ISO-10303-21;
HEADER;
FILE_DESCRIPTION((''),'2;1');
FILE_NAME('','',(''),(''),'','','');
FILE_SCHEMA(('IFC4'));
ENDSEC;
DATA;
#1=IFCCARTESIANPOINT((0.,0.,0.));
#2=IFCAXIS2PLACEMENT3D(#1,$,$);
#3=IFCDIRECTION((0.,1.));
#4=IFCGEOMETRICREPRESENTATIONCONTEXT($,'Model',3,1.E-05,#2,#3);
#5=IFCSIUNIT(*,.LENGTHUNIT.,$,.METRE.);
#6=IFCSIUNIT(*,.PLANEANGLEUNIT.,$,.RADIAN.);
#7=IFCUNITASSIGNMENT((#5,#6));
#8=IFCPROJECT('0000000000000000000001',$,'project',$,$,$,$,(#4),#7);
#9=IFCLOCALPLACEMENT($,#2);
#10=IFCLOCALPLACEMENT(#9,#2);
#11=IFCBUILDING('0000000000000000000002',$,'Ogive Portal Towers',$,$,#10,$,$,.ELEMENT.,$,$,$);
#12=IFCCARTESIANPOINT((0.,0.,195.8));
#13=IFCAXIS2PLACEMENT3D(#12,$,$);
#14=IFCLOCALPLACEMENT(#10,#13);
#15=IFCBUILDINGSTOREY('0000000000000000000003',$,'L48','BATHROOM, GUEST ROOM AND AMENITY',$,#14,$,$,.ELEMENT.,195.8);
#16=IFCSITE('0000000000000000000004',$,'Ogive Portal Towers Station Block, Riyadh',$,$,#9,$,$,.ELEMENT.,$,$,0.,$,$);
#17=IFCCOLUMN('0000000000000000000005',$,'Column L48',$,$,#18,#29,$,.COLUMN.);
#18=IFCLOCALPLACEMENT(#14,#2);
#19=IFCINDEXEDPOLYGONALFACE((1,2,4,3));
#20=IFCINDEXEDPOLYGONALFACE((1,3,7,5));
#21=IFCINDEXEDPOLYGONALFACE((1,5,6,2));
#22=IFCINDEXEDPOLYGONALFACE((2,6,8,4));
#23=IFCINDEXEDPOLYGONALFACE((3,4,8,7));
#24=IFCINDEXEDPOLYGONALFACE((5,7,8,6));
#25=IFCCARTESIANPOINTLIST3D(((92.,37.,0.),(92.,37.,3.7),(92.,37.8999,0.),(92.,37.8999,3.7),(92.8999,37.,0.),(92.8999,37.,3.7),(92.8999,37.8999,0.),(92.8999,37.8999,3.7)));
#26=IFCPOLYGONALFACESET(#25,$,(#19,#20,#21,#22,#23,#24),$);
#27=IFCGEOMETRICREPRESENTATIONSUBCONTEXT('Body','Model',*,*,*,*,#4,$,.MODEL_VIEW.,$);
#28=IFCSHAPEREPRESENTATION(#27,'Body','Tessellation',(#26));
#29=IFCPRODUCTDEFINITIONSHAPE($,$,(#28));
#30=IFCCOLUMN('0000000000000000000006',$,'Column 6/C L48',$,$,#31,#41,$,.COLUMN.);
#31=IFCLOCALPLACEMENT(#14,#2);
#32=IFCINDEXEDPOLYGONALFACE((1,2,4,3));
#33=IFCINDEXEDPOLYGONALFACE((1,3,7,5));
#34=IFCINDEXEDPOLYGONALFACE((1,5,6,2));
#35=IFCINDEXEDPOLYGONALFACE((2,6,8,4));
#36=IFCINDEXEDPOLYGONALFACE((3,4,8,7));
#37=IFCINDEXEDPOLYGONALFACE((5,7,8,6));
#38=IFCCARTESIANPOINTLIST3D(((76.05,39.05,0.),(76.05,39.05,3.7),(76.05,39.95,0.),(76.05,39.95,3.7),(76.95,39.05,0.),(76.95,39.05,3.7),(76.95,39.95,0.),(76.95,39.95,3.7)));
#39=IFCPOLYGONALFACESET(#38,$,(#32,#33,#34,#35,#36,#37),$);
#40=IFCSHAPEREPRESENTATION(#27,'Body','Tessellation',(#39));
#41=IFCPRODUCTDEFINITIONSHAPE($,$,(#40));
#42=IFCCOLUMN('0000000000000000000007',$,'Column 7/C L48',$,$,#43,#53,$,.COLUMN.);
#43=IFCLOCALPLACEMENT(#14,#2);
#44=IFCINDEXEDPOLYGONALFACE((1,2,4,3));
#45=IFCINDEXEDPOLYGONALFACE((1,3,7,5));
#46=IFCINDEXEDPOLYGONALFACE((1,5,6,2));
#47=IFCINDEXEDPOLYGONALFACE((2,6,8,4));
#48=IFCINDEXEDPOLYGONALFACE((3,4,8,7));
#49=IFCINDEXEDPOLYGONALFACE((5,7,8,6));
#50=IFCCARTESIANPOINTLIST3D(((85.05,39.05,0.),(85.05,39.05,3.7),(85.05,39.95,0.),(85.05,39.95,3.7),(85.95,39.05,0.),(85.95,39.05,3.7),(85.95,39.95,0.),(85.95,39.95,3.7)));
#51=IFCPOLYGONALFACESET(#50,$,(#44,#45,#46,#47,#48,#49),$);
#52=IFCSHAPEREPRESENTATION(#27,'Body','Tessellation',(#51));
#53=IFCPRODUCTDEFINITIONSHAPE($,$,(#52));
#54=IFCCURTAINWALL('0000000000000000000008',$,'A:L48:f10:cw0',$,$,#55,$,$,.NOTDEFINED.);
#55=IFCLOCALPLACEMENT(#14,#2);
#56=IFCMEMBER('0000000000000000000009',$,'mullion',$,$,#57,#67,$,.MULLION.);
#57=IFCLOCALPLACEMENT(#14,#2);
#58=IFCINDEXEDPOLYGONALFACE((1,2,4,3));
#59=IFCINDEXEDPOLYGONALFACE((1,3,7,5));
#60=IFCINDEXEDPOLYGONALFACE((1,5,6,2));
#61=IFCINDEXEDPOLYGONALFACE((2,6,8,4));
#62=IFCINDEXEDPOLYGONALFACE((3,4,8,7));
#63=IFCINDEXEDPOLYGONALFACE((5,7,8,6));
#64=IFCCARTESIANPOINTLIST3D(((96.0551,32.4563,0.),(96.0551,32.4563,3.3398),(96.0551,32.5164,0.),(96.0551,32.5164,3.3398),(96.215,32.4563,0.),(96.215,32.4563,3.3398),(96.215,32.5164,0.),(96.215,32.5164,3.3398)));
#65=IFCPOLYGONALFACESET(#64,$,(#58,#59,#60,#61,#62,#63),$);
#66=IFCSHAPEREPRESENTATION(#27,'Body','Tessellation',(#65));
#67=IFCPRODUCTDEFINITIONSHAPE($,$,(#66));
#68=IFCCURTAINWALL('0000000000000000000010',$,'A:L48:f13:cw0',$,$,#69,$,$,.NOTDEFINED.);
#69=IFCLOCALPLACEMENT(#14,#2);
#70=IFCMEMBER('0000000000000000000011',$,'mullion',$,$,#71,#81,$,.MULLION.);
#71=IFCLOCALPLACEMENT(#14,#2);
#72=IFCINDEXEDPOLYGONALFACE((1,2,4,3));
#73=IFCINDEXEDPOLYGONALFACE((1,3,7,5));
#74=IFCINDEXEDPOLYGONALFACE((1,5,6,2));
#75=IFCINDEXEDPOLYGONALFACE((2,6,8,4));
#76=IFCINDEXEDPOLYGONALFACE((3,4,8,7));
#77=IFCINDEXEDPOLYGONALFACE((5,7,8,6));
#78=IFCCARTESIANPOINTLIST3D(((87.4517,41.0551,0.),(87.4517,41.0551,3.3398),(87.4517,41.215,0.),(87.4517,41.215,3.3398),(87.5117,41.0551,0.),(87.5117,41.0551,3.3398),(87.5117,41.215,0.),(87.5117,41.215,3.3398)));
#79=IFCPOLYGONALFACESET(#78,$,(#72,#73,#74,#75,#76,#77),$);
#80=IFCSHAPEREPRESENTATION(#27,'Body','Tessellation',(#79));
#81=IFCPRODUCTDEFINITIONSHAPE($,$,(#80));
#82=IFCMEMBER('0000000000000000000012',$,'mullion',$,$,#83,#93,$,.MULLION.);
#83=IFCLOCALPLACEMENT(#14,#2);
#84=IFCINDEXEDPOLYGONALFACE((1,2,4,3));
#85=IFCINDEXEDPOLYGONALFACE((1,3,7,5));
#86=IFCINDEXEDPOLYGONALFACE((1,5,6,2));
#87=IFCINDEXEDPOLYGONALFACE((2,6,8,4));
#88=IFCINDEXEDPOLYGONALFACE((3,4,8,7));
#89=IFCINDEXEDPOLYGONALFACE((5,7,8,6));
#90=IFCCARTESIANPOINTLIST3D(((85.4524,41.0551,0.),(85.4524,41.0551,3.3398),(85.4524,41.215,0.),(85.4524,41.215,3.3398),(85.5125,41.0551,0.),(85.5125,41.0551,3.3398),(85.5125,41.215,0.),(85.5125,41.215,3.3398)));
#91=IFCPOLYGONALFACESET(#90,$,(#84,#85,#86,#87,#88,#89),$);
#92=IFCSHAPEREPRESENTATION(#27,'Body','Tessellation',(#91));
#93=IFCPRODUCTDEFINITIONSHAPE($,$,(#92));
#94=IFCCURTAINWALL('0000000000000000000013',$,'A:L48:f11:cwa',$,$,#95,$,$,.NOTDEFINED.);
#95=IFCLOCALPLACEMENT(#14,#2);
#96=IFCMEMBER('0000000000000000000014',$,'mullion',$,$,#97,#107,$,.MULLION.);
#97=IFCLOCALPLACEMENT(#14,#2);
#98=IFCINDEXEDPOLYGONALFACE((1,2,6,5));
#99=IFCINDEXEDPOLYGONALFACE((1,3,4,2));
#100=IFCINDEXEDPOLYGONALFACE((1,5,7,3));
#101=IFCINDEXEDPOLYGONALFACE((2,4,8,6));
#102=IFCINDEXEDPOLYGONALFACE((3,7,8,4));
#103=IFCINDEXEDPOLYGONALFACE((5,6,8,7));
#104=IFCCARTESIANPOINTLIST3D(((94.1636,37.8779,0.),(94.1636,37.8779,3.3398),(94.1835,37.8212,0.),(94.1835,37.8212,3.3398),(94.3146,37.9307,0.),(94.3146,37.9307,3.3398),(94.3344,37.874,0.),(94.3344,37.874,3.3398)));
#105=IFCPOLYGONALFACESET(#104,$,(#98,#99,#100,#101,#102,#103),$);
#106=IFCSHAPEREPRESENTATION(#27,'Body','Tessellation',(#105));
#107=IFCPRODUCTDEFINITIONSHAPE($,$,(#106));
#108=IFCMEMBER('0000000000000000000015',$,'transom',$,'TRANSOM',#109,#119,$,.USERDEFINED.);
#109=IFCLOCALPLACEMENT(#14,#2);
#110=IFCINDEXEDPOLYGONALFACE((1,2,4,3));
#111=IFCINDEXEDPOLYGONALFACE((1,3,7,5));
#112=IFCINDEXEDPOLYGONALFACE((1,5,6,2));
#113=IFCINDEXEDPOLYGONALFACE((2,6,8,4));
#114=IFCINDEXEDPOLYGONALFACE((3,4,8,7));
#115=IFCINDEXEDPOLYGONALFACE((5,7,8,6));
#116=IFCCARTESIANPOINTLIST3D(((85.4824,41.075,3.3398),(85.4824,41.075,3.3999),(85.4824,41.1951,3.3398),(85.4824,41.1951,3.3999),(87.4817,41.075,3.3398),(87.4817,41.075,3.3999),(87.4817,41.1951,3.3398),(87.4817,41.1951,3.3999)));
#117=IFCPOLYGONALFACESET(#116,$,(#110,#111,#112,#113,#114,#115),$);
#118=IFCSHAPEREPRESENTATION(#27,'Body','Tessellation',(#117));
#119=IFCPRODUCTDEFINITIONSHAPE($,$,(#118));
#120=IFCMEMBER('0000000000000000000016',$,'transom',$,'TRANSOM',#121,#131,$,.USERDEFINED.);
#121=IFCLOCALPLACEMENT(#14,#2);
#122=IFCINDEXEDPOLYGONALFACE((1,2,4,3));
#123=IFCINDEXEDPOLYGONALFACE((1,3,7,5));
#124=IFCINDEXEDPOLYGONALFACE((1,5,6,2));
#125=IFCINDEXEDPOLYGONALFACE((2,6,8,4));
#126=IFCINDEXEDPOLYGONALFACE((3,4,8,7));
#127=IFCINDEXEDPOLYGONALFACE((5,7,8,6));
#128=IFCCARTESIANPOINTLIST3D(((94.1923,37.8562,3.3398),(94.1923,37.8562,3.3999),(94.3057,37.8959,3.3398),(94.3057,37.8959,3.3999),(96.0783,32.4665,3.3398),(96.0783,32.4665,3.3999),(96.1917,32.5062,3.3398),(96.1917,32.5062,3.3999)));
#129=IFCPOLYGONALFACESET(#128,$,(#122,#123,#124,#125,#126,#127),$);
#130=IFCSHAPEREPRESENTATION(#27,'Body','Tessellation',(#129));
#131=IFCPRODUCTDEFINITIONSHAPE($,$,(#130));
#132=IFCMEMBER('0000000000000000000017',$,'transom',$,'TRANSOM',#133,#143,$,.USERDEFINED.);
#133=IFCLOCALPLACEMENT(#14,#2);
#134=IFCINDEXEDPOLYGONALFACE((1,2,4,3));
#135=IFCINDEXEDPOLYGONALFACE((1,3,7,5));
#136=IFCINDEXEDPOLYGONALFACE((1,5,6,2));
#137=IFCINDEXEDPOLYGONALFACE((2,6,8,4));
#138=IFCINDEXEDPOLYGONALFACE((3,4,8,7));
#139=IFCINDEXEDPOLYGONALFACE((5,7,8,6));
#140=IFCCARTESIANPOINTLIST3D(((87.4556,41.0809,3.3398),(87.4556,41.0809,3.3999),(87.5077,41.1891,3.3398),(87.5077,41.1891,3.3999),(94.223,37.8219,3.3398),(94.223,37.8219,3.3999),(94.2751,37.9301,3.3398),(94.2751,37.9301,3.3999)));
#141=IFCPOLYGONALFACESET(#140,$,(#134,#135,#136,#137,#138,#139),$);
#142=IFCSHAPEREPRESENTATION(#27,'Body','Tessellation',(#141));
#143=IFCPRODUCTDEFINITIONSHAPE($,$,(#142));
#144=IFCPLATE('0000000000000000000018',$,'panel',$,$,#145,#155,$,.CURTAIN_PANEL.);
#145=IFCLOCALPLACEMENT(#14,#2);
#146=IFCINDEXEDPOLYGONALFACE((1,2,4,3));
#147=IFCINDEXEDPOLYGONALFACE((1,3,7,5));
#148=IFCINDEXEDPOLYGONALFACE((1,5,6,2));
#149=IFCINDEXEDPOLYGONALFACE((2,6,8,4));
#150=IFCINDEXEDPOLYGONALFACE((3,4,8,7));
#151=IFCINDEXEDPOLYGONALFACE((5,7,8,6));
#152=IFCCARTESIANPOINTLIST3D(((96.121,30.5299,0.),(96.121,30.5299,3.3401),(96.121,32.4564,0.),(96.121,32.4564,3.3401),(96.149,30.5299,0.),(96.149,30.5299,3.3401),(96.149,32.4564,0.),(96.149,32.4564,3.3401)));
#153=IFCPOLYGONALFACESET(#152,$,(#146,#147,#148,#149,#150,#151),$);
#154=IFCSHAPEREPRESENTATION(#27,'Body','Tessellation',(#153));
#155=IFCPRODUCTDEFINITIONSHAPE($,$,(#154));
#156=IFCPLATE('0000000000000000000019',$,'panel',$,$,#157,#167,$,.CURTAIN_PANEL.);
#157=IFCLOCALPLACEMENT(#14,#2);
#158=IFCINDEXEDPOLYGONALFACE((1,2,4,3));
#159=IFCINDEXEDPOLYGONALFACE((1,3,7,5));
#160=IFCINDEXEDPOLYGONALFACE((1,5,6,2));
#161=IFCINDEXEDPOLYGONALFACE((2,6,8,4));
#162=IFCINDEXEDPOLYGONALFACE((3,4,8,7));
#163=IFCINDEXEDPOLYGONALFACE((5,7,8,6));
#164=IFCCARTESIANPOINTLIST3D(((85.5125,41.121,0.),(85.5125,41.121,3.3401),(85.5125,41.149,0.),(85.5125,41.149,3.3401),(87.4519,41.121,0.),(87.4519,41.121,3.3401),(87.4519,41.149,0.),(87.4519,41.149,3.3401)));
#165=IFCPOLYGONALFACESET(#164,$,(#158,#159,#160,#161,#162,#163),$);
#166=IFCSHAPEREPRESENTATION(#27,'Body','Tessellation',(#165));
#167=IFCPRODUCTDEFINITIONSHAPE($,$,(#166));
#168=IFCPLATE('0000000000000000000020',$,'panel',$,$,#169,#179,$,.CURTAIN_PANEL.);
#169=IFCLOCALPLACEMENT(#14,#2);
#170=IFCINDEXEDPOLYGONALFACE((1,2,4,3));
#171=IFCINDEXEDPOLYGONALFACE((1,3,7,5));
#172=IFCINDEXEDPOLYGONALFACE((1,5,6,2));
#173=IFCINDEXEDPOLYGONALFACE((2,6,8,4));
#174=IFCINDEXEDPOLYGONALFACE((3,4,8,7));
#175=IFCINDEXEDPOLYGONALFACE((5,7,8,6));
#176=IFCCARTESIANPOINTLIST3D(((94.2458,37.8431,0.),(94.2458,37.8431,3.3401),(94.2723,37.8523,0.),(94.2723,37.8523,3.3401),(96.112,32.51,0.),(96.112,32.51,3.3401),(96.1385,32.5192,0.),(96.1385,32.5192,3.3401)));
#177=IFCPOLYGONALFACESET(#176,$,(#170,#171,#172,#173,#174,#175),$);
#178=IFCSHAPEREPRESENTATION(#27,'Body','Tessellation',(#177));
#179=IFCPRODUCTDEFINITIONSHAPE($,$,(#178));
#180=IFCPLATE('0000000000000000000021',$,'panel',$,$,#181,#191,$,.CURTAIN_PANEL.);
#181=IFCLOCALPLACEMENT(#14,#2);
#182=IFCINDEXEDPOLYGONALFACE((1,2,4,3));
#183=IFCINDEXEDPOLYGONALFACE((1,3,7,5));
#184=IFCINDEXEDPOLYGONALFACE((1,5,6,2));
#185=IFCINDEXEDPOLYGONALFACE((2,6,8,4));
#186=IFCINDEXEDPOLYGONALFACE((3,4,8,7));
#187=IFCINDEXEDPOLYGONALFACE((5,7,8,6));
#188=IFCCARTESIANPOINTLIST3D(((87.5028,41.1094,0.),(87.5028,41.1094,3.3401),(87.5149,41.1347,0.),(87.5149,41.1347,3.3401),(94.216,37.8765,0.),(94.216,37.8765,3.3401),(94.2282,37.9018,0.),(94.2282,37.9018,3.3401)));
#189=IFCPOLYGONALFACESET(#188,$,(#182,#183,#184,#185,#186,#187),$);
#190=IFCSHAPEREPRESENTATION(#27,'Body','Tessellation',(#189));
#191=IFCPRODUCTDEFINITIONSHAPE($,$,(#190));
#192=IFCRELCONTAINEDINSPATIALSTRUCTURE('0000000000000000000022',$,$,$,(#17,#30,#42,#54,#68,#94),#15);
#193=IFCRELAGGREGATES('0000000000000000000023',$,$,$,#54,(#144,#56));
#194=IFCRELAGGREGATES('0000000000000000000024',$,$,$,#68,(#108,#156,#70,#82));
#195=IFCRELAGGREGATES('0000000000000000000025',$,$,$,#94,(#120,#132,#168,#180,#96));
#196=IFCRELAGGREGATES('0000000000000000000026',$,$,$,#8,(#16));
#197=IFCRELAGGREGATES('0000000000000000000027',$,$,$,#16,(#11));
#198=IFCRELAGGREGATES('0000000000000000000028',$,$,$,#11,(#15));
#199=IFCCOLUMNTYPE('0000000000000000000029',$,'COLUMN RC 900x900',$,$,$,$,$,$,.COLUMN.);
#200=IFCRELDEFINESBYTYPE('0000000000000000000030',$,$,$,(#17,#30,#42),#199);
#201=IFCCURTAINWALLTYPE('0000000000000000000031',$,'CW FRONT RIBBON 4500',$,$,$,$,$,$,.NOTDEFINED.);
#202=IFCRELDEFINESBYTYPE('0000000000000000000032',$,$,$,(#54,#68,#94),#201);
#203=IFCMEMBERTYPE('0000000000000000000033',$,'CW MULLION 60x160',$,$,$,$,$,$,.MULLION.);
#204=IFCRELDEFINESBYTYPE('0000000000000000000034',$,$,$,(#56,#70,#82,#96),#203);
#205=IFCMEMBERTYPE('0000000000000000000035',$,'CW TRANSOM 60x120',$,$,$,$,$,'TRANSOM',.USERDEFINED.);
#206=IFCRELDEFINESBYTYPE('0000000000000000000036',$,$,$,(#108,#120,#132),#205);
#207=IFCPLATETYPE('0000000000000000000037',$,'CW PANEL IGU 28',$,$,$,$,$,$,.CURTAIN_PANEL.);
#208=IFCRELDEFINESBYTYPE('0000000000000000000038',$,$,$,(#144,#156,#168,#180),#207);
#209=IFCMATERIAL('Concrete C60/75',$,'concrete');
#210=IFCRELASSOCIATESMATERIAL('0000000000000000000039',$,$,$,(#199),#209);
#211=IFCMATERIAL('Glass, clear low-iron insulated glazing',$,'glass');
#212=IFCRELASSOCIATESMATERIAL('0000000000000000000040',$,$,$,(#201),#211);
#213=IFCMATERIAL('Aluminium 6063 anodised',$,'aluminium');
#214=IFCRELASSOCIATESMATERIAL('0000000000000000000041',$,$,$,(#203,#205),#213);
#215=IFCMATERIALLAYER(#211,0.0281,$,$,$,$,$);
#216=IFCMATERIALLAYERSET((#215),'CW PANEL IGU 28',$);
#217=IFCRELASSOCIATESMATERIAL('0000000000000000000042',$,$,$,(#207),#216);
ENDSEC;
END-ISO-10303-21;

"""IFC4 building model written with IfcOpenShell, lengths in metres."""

from ifc_helpers import new_model, si_unit, direction, frame, origin, origin_2d, place, context, subcontext, project, spatial, rectangle, extrude, material, layer, layer_set, material_profile, profile_set, type_object, element, aggregate, save


model = new_model("IFC4")

# Units and contexts
model_context = context("Model", 3, precision=1e-05, world=origin(), true_north=direction((0.0, 1.0)))
body_context = subcontext(model_context, "Body", "Model", "MODEL_VIEW")
ifc_project = project(units=[si_unit("LENGTHUNIT", "METRE"), si_unit("PLANEANGLEUNIT", "RADIAN")], contexts=[model_context])

# Site, building, storey
site_placement = place(None, origin())
site = spatial("IfcSite", under=ifc_project, at=site_placement, Name="Ogive Portal Towers Station Block, Riyadh", CompositionType="ELEMENT", RefElevation=0.0)
building_placement = place(site_placement, origin())
building = spatial("IfcBuilding", under=site, at=building_placement, Name="Ogive Portal Towers", CompositionType="ELEMENT")
storey_placement = place(building_placement, frame((0.0, 0.0, 195.8)))
storey = spatial("IfcBuildingStorey", under=building, at=storey_placement, Name="L48", Description="BATHROOM, GUEST ROOM AND AMENITY", CompositionType="ELEMENT", Elevation=195.8)

# Columns
ifc_material_1 = material(Name="Concrete C60/75", Category="concrete")
ifc_material_profile_1 = material_profile(ifc_material_1, rectangle(XDim=0.8999, YDim=0.8999, at=origin_2d()), Name="RC 900x900")
ifc_profile_set_1 = profile_set([ifc_material_profile_1], Name="Concrete C60/75")
column_type = type_object("IfcColumnType", Name="COLUMN RC 900x900", PredefinedType="COLUMN", material=ifc_profile_set_1)
for number, where, z_axis, x_axis, name in (
    (1, (92.45, 37.45, 0.0), (0.0, 0.0, 1.0), (1.0, 0.0, 0.0), "Column L48"),
    (2, (76.5, 39.5, 0.0), (0.0, 0.0, 1.0), (1.0, 0.0, 0.0), "Column 6/C L48"),
    (3, (85.5, 39.5, 0.0), (0.0, 0.0, 1.0), (1.0, 0.0, 0.0), "Column 7/C L48"),
):
    element("IfcColumn", number, at=place(storey_placement, frame(where, z_axis=z_axis, x_axis=x_axis)), inside=storey, type_object=column_type, Name=name, PredefinedType="COLUMN", context=body_context, shape_type="SweptSolid", body=[
        extrude(rectangle(XDim=0.8999, YDim=0.8999, at=origin_2d()), origin(), (0.0, 0.0, 1.0), 3.7),
    ])

# Curtain wall, member
ifc_material_2 = material(Name="Glass, clear low-iron insulated glazing", Category="glass")
curtain_wall_type = type_object("IfcCurtainWallType", Name="CW FRONT RIBBON 4500", PredefinedType="NOTDEFINED", material=ifc_material_2)
curtain_wall_1_placement = place(storey_placement, origin())
curtain_wall_1 = element("IfcCurtainWall", 4, at=curtain_wall_1_placement, inside=storey, type_object=curtain_wall_type, Name="A:L48:f10:cw0", PredefinedType="NOTDEFINED")
ifc_material_3 = material(Name="Aluminium 6063 anodised", Category="aluminium")
ifc_material_profile_2 = material_profile(ifc_material_3, rectangle(XDim=0.1599, YDim=0.0601, at=origin_2d()), Name="AL 60x160")
ifc_profile_set_2 = profile_set([ifc_material_profile_2], Name="Aluminium 6063 anodised")
member_type_1 = type_object("IfcMemberType", Name="CW MULLION 60x160", PredefinedType="MULLION", material=ifc_profile_set_2)
member_1_placement = place(storey_placement, frame((96.135, 32.4863, 0.0), z_axis=(0.0, 0.0, 1.0), x_axis=(-1.0, 0.0, 0.0)))
member_1 = element("IfcMember", 5, at=member_1_placement, type_object=member_type_1, Name="mullion", PredefinedType="MULLION", context=body_context, shape_type="SweptSolid", body=[
    extrude(rectangle(XDim=0.1599, YDim=0.0601, at=origin_2d()), origin(), (0.0, 0.0, 1.0), 3.3398),
])

# Curtain wall, members
curtain_wall_2_placement = place(storey_placement, origin())
curtain_wall_2 = element("IfcCurtainWall", 6, at=curtain_wall_2_placement, inside=storey, type_object=curtain_wall_type, Name="A:L48:f13:cw0", PredefinedType="NOTDEFINED")
member_2_placement = place(storey_placement, frame((87.4817, 41.135, 0.0), z_axis=(0.0, 0.0, 1.0), x_axis=(0.0, -1.0, 0.0)))
member_2 = element("IfcMember", 7, at=member_2_placement, type_object=member_type_1, Name="mullion", PredefinedType="MULLION", context=body_context, shape_type="SweptSolid", body=[
    extrude(rectangle(XDim=0.1599, YDim=0.0601, at=origin_2d()), origin(), (0.0, 0.0, 1.0), 3.3398),
])
member_3_placement = place(storey_placement, frame((85.4824, 41.135, 0.0), z_axis=(0.0, 0.0, 1.0), x_axis=(0.0, -1.0, 0.0)))
member_3 = element("IfcMember", 8, at=member_3_placement, type_object=member_type_1, Name="mullion", PredefinedType="MULLION", context=body_context, shape_type="SweptSolid", body=[
    extrude(rectangle(XDim=0.1599, YDim=0.0601, at=origin_2d()), origin(), (0.0, 0.0, 1.0), 3.3398),
])

# Curtain wall, member
curtain_wall_3_placement = place(storey_placement, origin())
curtain_wall_3 = element("IfcCurtainWall", 9, at=curtain_wall_3_placement, inside=storey, type_object=curtain_wall_type, Name="A:L48:f11:cwa", PredefinedType="NOTDEFINED")
member_4_placement = place(storey_placement, frame((94.249, 37.876, 0.0), z_axis=(0.0, 0.0, 1.0), x_axis=(-0.943883, -0.330279, 0.0)))
member_4 = element("IfcMember", 10, at=member_4_placement, type_object=member_type_1, Name="mullion", PredefinedType="MULLION", context=body_context, shape_type="SweptSolid", body=[
    extrude(rectangle(XDim=0.1599, YDim=0.0601, at=origin_2d()), origin(), (0.0, 0.0, 1.0), 3.3398),
])

# Members
ifc_material_profile_3 = material_profile(ifc_material_3, rectangle(XDim=0.1201, YDim=0.0601, at=origin_2d()), Name="AL 120x60")
ifc_profile_set_3 = profile_set([ifc_material_profile_3], Name="Aluminium 6063 anodised")
member_type_2 = type_object("IfcMemberType", Name="CW TRANSOM 60x120", ElementType="TRANSOM", PredefinedType="USERDEFINED", material=ifc_profile_set_3)
member_5_placement = place(storey_placement, frame((87.4817, 41.135, 3.3699), z_axis=(-1.0, 0.0, 0.0), x_axis=(0.0, -1.0, 0.0)))
member_5 = element("IfcMember", 11, at=member_5_placement, type_object=member_type_2, Name="transom", ObjectType="TRANSOM", PredefinedType="USERDEFINED", context=body_context, shape_type="SweptSolid", body=[
    extrude(rectangle(XDim=0.1201, YDim=0.0601, at=origin_2d()), origin(), (0.0, 0.0, 1.0), 1.9993),
])
member_6_placement = place(storey_placement, frame((96.135, 32.4863, 3.3699), z_axis=(-0.330289, 0.94388, 0.0), x_axis=(-0.94388, -0.330289, 0.0)))
member_6 = element("IfcMember", 12, at=member_6_placement, type_object=member_type_2, Name="transom", ObjectType="TRANSOM", PredefinedType="USERDEFINED", context=body_context, shape_type="SweptSolid", body=[
    extrude(rectangle(XDim=0.1201, YDim=0.0601, at=origin_2d()), origin(), (0.0, 0.0, 1.0), 5.7102),
])
member_7_placement = place(storey_placement, frame((94.249, 37.876, 3.3699), z_axis=(-0.900966, 0.43389, 0.0), x_axis=(-0.43389, -0.900966, 0.0)))
member_7 = element("IfcMember", 13, at=member_7_placement, type_object=member_type_2, Name="transom", ObjectType="TRANSOM", PredefinedType="USERDEFINED", context=body_context, shape_type="SweptSolid", body=[
    extrude(rectangle(XDim=0.1201, YDim=0.0601, at=origin_2d()), origin(), (0.0, 0.0, 1.0), 7.5112),
])

# Plates
ifc_layer_1 = layer(ifc_material_2, 0.0281)
ifc_layer_set_1 = layer_set([ifc_layer_1], Name="CW PANEL IGU 28")
plate_type = type_object("IfcPlateType", Name="CW PANEL IGU 28", PredefinedType="CURTAIN_PANEL", material=ifc_layer_set_1)
plate_1_placement = place(storey_placement, frame((96.135, 31.4932, 0.0), z_axis=(0.0, 0.0, 1.0), x_axis=(0.0, 1.0, 0.0)))
plate_1 = element("IfcPlate", 14, at=plate_1_placement, type_object=plate_type, Name="panel", PredefinedType="CURTAIN_PANEL", context=body_context, shape_type="SweptSolid", body=[
    extrude(rectangle(XDim=1.9265, YDim=0.0281, at=origin_2d()), origin(), (0.0, 0.0, 1.0), 3.3401),
])
aggregate(curtain_wall_1, [plate_1, member_1])
plate_2_placement = place(storey_placement, frame((86.4822, 41.135, 0.0), z_axis=(0.0, 0.0, 1.0), x_axis=(-1.0, 0.0, 0.0)))
plate_2 = element("IfcPlate", 15, at=plate_2_placement, type_object=plate_type, Name="panel", PredefinedType="CURTAIN_PANEL", context=body_context, shape_type="SweptSolid", body=[
    extrude(rectangle(XDim=1.9395, YDim=0.0281, at=origin_2d()), origin(), (0.0, 0.0, 1.0), 3.3401),
])
aggregate(curtain_wall_2, [member_5, plate_2, member_2, member_3])
plate_3_placement = place(storey_placement, frame((95.1921, 35.1812, 0.0), z_axis=(0.0, 0.0, 1.0), x_axis=(-0.330279, 0.943883, 0.0)))
plate_3 = element("IfcPlate", 16, at=plate_3_placement, type_object=plate_type, Name="panel", PredefinedType="CURTAIN_PANEL", context=body_context, shape_type="SweptSolid", body=[
    extrude(rectangle(XDim=5.6501, YDim=0.0281, at=origin_2d()), origin(), (0.0, 0.0, 1.0), 3.3401),
])
plate_4_placement = place(storey_placement, frame((90.8655, 39.5056, 0.0), z_axis=(0.0, 0.0, 1.0), x_axis=(-0.900969, 0.433884, 0.0)))
plate_4 = element("IfcPlate", 17, at=plate_4_placement, type_object=plate_type, Name="panel", PredefinedType="CURTAIN_PANEL", context=body_context, shape_type="SweptSolid", body=[
    extrude(rectangle(XDim=7.4512, YDim=0.0281, at=origin_2d()), origin(), (0.0, 0.0, 1.0), 3.3401),
])
aggregate(curtain_wall_3, [member_6, member_7, plate_3, plate_4, member_4])

save(model, "model.ifc")
